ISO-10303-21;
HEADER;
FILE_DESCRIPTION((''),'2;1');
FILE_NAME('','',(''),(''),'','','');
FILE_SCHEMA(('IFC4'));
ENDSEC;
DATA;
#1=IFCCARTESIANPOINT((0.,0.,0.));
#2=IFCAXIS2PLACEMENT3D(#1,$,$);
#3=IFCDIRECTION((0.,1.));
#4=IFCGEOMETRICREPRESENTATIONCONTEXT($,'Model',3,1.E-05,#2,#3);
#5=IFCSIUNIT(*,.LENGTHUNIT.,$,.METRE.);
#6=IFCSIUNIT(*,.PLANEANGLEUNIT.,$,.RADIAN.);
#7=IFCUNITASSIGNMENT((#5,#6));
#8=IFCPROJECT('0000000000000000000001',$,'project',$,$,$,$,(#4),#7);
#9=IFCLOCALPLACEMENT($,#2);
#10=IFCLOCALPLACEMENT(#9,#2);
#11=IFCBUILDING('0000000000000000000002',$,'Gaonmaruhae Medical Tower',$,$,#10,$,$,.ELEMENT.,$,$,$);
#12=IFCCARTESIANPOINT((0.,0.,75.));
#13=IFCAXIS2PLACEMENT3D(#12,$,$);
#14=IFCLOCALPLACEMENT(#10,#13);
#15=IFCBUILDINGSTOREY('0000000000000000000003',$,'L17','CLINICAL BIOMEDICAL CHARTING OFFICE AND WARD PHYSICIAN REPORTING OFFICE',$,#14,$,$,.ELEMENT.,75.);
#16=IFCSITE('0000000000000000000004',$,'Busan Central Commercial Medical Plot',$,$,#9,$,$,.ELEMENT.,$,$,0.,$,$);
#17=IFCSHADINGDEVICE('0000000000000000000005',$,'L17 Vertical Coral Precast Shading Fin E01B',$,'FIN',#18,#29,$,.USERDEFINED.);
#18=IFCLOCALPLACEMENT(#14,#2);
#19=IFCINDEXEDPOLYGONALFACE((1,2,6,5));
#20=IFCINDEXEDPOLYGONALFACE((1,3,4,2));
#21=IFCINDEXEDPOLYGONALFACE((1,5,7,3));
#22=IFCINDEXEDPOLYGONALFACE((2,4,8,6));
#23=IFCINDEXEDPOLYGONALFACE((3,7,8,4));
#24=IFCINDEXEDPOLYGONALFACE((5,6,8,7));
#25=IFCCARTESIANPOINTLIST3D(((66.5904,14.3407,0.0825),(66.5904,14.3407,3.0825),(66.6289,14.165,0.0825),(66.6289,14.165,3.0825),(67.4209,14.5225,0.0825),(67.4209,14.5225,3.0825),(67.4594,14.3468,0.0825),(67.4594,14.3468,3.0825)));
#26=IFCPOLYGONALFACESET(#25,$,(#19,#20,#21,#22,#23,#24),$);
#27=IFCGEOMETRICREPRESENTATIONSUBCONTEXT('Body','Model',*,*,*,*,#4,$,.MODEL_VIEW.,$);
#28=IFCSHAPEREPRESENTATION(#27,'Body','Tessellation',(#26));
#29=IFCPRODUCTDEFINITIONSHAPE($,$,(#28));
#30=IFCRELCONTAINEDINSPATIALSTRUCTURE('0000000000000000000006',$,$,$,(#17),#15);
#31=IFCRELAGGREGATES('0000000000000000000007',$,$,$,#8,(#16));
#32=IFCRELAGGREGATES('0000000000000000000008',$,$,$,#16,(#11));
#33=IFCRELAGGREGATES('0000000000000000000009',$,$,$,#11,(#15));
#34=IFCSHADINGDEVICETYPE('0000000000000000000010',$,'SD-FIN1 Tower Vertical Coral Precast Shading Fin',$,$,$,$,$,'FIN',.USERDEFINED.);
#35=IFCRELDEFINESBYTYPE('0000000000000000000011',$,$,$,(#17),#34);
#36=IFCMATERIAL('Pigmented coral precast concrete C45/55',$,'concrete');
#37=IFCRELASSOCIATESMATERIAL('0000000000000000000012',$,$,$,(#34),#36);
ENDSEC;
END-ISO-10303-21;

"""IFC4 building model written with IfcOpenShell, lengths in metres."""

from ifc_helpers import new_model, si_unit, direction, frame, origin, origin_2d, place, context, subcontext, project, spatial, rectangle, extrude, material, type_object, element, save


model = new_model("IFC4")

# Units and contexts
model_context = context("Model", 3, precision=1e-05, world=origin(), true_north=direction((0.0, 1.0)))
body_context = subcontext(model_context, "Body", "Model", "MODEL_VIEW")
ifc_project = project(units=[si_unit("LENGTHUNIT", "METRE"), si_unit("PLANEANGLEUNIT", "RADIAN")], contexts=[model_context])

# Site, building, storey
site_placement = place(None, origin())
site = spatial("IfcSite", under=ifc_project, at=site_placement, Name="Busan Central Commercial Medical Plot", CompositionType="ELEMENT", RefElevation=0.0)
building_placement = place(site_placement, origin())
building = spatial("IfcBuilding", under=site, at=building_placement, Name="Gaonmaruhae Medical Tower", CompositionType="ELEMENT")
storey_placement = place(building_placement, frame((0.0, 0.0, 75.0)))
storey = spatial("IfcBuildingStorey", under=building, at=storey_placement, Name="L17", Description="CLINICAL BIOMEDICAL CHARTING OFFICE AND WARD PHYSICIAN REPORTING OFFICE", CompositionType="ELEMENT", Elevation=75.0)

# Shading device
ifc_material_1 = material(Name="Pigmented coral precast concrete C45/55", Category="concrete")
shading_device_type = type_object("IfcShadingDeviceType", Name="SD-FIN1 Tower Vertical Coral Precast Shading Fin", ElementType="FIN", PredefinedType="USERDEFINED", material=ifc_material_1)
for number, where, z_axis, x_axis, name in (
    (1, (67.0249, 14.3438, 0.0825), (0.0, 0.0, 1.0), (0.213883, -0.976859, 0.0), "L17 Vertical Coral Precast Shading Fin E01B"),
):
    element("IfcShadingDevice", number, at=place(storey_placement, frame(where, z_axis=z_axis, x_axis=x_axis)), inside=storey, type_object=shading_device_type, Name=name, ObjectType="FIN", PredefinedType="USERDEFINED", context=body_context, shape_type="SweptSolid", body=[
        extrude(rectangle(XDim=0.1799, YDim=0.8501, at=origin_2d()), origin(), (0.0, 0.0, 1.0), 3.0),
    ])

save(model, "model.ifc")
